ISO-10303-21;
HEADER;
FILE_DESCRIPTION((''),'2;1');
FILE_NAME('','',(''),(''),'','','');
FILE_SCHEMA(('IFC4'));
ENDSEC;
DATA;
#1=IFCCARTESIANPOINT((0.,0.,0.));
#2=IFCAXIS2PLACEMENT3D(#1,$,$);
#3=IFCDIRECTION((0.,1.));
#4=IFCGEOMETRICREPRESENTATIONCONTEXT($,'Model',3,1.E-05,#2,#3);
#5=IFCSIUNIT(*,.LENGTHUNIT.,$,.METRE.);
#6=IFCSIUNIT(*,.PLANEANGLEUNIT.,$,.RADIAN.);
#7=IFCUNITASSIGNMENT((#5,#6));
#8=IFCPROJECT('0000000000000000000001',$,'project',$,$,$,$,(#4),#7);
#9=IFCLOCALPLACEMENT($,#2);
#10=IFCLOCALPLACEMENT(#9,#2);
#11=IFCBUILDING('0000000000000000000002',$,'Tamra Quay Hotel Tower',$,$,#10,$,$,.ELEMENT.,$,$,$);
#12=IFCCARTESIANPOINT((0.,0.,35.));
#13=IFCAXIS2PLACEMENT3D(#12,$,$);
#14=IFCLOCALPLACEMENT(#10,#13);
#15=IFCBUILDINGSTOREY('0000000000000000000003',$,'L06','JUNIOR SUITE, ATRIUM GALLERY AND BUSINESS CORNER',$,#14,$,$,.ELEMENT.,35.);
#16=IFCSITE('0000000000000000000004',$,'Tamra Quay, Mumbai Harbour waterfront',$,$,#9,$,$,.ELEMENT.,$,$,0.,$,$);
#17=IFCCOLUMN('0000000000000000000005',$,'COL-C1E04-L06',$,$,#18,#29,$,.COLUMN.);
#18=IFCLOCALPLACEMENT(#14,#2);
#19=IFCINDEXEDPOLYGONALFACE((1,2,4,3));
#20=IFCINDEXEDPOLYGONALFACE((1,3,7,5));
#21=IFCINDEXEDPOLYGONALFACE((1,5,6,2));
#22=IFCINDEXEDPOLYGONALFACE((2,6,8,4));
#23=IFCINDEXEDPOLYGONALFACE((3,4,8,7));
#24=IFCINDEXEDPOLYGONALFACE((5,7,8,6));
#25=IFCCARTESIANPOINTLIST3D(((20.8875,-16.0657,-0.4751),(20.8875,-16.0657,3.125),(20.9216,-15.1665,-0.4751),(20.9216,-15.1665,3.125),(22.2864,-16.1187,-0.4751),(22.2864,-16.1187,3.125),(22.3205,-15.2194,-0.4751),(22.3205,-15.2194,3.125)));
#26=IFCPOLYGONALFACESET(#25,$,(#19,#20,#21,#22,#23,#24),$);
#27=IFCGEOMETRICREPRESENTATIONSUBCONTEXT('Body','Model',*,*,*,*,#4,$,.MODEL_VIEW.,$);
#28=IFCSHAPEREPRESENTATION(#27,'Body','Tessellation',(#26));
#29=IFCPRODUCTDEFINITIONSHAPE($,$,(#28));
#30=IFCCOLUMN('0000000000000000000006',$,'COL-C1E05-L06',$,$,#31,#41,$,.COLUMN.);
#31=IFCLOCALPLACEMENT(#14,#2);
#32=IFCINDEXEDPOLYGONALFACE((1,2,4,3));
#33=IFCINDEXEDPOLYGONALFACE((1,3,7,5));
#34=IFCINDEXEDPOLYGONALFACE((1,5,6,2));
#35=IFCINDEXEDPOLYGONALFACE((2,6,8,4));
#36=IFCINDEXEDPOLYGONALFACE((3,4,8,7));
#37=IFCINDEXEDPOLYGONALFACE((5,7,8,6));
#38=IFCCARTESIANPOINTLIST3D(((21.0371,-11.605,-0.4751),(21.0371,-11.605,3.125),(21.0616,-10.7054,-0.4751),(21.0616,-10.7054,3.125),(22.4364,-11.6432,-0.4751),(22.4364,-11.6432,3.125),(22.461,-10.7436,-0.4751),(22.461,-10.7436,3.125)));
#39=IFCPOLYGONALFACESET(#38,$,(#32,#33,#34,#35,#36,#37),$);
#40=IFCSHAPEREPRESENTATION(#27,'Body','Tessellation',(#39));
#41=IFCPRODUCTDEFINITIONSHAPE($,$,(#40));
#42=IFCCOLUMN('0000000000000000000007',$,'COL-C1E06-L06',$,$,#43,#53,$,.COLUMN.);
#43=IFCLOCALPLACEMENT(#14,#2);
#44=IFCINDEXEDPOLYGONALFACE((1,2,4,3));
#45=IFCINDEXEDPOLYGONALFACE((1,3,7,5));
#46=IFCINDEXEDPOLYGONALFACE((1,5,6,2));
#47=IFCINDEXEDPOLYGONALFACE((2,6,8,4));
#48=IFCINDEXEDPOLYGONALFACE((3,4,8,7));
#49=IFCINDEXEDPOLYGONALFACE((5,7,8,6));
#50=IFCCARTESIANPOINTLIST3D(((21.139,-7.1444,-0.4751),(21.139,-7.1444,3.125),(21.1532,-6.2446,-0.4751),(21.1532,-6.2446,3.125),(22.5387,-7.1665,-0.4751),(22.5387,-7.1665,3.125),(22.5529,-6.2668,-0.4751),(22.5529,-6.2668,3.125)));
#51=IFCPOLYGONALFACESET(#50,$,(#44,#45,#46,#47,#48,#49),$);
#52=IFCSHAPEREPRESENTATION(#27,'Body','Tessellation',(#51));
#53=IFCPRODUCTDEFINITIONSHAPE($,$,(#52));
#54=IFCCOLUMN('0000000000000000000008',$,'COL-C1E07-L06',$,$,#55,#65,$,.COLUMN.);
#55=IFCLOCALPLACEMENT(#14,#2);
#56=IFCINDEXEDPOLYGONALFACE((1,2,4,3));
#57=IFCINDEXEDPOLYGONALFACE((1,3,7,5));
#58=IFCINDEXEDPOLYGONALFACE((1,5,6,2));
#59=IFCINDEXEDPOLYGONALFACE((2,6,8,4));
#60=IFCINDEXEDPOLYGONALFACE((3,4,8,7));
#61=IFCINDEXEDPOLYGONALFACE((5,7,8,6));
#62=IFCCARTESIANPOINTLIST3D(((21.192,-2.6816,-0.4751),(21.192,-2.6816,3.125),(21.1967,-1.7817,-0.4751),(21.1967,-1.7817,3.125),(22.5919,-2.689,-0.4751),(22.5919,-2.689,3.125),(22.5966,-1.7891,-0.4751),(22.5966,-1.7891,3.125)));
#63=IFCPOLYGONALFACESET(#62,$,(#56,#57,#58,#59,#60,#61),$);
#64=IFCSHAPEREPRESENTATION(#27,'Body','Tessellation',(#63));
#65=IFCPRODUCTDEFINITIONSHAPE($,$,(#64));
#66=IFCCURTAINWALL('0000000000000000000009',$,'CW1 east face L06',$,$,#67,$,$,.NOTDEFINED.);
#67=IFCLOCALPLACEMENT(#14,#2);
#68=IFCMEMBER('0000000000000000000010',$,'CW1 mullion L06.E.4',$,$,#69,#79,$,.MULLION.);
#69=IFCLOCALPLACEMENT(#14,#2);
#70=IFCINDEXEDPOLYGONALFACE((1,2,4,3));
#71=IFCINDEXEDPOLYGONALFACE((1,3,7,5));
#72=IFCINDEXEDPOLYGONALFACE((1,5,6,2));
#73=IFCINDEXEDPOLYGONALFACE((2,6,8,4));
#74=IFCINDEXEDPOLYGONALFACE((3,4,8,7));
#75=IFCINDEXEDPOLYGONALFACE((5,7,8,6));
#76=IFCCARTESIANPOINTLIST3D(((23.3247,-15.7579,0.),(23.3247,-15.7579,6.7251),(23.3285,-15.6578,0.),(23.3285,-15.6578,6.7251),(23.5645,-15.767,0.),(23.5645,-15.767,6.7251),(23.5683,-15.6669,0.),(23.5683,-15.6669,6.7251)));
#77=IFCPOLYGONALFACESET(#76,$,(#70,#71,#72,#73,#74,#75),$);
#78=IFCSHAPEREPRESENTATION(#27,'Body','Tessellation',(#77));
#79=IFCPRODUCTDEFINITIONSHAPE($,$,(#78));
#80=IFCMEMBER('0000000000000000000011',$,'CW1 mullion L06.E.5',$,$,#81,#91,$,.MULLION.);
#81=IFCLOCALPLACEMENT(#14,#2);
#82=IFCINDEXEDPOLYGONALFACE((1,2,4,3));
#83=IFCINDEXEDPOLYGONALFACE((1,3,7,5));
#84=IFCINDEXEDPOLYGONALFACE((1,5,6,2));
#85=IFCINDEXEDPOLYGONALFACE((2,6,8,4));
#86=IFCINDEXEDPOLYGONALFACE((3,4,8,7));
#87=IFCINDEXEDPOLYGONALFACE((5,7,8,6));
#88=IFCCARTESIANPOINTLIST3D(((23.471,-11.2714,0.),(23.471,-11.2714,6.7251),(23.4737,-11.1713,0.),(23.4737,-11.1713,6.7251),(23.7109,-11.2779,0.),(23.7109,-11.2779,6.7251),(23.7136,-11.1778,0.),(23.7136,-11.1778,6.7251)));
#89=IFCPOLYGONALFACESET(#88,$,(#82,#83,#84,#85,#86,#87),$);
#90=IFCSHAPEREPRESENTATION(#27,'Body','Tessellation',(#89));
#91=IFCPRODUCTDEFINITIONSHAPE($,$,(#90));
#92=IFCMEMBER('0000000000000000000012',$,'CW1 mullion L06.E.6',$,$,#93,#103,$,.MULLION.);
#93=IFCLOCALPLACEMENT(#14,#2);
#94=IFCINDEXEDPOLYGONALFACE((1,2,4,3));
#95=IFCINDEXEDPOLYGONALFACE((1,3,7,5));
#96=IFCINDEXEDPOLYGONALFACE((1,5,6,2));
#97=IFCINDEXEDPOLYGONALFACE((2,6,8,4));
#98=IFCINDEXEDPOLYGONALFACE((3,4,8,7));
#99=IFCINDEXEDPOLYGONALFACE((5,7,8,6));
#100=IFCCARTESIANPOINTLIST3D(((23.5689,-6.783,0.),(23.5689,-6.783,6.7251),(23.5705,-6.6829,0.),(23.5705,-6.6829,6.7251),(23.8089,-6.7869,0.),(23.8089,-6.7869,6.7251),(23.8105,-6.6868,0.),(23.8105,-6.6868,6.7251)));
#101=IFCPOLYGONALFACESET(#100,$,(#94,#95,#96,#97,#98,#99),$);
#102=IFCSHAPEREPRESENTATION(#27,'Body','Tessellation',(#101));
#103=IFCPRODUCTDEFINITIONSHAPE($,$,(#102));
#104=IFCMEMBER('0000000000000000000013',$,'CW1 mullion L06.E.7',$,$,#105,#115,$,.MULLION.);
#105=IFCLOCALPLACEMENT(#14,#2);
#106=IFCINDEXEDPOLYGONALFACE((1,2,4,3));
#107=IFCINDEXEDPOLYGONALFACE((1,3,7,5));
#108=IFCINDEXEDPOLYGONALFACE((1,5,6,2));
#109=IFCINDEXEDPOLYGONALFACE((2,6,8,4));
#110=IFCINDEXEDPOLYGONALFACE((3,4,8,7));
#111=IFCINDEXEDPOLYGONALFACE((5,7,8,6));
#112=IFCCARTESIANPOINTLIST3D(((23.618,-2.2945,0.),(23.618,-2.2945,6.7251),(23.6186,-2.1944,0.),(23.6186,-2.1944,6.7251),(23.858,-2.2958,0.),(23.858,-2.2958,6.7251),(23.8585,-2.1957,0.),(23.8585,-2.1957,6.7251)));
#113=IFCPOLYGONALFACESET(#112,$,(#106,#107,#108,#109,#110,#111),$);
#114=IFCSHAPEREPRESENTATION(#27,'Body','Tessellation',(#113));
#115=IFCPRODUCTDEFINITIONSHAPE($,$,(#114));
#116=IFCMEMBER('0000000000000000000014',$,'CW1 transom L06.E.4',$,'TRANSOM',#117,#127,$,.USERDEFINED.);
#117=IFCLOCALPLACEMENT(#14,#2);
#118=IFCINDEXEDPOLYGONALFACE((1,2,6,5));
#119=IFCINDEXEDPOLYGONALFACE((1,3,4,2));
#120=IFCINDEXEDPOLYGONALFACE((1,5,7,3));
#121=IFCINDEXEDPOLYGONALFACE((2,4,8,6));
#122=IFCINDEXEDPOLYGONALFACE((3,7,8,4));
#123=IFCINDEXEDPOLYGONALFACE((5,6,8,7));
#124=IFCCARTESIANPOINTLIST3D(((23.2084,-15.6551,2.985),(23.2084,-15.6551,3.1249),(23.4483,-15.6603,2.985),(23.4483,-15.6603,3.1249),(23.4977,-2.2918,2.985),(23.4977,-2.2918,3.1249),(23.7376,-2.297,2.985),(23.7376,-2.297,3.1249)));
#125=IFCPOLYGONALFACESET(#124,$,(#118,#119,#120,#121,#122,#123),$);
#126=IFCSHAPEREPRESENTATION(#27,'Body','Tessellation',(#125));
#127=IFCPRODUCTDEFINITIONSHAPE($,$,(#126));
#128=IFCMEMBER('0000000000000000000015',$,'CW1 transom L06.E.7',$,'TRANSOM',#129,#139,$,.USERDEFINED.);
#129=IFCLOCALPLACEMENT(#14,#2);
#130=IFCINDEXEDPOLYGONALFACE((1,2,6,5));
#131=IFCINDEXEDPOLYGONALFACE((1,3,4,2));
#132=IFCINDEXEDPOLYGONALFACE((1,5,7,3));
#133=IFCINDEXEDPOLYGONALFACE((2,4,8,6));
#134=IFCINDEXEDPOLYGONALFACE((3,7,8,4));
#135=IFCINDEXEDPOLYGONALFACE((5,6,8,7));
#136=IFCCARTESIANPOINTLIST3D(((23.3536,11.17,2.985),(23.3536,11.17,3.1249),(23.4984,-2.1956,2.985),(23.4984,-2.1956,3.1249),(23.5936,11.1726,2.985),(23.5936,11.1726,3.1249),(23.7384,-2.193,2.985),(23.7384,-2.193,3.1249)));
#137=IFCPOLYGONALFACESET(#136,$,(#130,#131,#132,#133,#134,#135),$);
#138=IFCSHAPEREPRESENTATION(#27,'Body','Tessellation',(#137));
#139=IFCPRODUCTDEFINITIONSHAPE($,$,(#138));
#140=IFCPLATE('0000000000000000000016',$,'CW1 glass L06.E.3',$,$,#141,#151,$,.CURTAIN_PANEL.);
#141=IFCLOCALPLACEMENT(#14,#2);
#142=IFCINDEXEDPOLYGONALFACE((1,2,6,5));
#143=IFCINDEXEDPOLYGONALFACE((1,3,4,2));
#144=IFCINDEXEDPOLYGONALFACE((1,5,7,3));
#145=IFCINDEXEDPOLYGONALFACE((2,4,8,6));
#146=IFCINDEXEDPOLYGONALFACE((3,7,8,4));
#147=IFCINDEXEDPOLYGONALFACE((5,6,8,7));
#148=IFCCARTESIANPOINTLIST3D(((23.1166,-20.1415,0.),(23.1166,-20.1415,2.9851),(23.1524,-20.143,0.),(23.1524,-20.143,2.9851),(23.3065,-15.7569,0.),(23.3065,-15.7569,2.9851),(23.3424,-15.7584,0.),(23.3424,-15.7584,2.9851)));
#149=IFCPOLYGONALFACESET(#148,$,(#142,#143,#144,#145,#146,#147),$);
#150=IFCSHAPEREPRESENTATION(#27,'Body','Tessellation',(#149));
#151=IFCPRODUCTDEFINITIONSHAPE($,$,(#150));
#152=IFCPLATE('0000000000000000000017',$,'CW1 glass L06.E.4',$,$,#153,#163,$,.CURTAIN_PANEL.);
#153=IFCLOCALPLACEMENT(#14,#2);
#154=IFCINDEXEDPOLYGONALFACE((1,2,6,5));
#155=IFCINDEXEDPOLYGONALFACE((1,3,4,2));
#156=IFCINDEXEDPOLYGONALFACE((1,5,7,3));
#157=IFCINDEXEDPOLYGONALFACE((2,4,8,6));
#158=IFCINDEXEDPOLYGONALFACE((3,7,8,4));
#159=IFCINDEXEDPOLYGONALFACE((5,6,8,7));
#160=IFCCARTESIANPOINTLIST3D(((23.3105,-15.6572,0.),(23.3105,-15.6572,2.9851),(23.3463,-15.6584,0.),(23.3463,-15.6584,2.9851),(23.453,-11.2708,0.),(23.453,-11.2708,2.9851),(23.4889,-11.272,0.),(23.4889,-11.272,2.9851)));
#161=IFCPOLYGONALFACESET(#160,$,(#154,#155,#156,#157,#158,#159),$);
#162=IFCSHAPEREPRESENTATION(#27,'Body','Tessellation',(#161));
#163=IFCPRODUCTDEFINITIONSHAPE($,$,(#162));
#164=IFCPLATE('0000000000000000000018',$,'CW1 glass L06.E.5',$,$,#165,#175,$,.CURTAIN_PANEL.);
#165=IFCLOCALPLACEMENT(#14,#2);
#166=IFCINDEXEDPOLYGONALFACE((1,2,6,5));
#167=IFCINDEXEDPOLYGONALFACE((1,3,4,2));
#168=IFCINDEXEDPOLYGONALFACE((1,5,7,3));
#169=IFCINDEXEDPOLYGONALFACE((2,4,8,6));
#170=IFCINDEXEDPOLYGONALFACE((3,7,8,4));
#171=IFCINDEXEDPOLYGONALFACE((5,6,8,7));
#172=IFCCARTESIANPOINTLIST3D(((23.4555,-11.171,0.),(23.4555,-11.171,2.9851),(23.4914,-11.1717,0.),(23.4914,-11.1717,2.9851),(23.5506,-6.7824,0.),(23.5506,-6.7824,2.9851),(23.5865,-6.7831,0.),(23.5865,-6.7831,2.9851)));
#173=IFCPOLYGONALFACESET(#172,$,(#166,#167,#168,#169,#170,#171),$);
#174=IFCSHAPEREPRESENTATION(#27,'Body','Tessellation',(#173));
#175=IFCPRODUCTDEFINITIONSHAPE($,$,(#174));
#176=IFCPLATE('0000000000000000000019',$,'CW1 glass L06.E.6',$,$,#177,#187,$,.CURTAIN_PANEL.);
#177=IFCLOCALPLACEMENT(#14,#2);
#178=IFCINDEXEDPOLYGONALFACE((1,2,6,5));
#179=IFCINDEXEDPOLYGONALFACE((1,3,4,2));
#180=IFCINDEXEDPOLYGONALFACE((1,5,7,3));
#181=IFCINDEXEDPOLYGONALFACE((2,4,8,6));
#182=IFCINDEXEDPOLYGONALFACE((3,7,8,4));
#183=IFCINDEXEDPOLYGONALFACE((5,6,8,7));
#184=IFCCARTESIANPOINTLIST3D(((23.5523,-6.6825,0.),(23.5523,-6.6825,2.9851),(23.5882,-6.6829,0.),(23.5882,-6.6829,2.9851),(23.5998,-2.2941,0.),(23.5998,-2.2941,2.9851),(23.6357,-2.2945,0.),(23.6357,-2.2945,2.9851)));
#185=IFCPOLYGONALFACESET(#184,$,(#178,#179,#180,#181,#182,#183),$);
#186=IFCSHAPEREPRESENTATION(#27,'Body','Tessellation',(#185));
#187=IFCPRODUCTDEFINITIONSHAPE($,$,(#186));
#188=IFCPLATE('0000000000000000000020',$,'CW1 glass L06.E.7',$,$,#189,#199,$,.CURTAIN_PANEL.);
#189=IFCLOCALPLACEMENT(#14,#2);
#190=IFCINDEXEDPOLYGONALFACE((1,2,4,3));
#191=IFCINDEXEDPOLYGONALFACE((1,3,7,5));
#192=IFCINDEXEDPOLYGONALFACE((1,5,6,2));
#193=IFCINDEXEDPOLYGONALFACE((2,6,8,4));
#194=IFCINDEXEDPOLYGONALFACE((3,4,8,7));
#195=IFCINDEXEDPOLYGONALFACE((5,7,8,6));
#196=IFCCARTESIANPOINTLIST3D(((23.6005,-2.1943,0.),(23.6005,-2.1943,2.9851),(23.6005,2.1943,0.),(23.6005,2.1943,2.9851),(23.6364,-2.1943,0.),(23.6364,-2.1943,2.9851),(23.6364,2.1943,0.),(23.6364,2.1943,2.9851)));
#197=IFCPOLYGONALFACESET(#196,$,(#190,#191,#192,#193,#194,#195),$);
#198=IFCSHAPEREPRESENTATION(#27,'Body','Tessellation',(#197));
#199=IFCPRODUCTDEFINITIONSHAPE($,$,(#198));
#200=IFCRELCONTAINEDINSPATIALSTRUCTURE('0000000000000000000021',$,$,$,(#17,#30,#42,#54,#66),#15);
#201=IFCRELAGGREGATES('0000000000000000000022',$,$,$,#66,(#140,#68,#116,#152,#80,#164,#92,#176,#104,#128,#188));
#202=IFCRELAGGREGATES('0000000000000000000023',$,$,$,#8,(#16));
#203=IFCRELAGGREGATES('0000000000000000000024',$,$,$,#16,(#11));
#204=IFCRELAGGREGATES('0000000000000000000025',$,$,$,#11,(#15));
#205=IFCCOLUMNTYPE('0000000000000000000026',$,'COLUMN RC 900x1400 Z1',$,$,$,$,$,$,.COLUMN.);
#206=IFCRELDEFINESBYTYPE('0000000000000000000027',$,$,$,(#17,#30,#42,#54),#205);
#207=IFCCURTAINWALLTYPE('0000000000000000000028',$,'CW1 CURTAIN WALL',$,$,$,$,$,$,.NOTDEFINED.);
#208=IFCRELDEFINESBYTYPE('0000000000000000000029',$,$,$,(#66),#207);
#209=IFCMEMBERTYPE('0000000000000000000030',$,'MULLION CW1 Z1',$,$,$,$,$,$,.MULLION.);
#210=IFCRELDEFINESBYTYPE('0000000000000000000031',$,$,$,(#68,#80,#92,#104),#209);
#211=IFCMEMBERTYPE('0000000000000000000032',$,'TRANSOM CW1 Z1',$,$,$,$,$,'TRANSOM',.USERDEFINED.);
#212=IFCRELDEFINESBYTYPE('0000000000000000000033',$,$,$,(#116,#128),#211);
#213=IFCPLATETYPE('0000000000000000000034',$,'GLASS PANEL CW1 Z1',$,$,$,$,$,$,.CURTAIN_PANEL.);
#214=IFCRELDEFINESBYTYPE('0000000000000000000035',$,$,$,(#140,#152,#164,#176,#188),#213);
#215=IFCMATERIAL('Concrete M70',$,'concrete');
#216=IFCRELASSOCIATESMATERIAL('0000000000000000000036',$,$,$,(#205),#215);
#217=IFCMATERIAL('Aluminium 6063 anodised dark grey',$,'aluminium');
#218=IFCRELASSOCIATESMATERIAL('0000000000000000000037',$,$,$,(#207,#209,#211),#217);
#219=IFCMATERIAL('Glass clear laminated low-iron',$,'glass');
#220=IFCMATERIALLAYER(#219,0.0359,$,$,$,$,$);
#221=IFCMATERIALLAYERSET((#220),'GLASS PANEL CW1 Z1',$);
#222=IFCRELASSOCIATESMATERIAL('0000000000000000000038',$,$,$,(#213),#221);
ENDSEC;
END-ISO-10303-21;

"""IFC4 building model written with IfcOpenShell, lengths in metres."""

from ifc_helpers import new_model, si_unit, direction, frame, origin, origin_2d, place, context, subcontext, project, spatial, rectangle, extrude, material, layer, layer_set, material_profile, profile_set, type_object, element, aggregate, save


model = new_model("IFC4")

# Units and contexts
model_context = context("Model", 3, precision=1e-05, world=origin(), true_north=direction((0.0, 1.0)))
body_context = subcontext(model_context, "Body", "Model", "MODEL_VIEW")
ifc_project = project(units=[si_unit("LENGTHUNIT", "METRE"), si_unit("PLANEANGLEUNIT", "RADIAN")], contexts=[model_context])

# Site, building, storey
site_placement = place(None, origin())
site = spatial("IfcSite", under=ifc_project, at=site_placement, Name="Tamra Quay, Mumbai Harbour waterfront", CompositionType="ELEMENT", RefElevation=0.0)
building_placement = place(site_placement, origin())
building = spatial("IfcBuilding", under=site, at=building_placement, Name="Tamra Quay Hotel Tower", CompositionType="ELEMENT")
storey_placement = place(building_placement, frame((0.0, 0.0, 35.0)))
storey = spatial("IfcBuildingStorey", under=building, at=storey_placement, Name="L06", Description="JUNIOR SUITE, ATRIUM GALLERY AND BUSINESS CORNER", CompositionType="ELEMENT", Elevation=35.0)

# Columns
ifc_material_1 = material(Name="Concrete M70", Category="concrete")
ifc_material_profile_1 = material_profile(ifc_material_1, rectangle(XDim=1.3999, YDim=0.8999, at=origin_2d()), Name="COLUMN RC 900x1400 Z1")
ifc_profile_set_1 = profile_set([ifc_material_profile_1], Name="Concrete M70")
column_type = type_object("IfcColumnType", Name="COLUMN RC 900x1400 Z1", PredefinedType="COLUMN", material=ifc_profile_set_1)
for number, where, z_axis, x_axis, name in (
    (1, (21.604, -15.6426, -0.4751), (0.0, 0.0, 1.0), (-0.999285, 0.037812, 0.0), "COL-C1E04-L06"),
    (2, (21.749, -11.1743, -0.4751), (0.0, 0.0, 1.0), (-0.999628, 0.027269, 0.0), "COL-C1E05-L06"),
    (3, (21.8459, -6.7056, -0.4751), (0.0, 0.0, 1.0), (-0.999875, 0.015838, 0.0), "COL-C1E06-L06"),
    (4, (21.8943, -2.2354, -0.4751), (0.0, 0.0, 1.0), (-0.999986, 0.00528, 0.0), "COL-C1E07-L06"),
):
    element("IfcColumn", number, at=place(storey_placement, frame(where, z_axis=z_axis, x_axis=x_axis)), inside=storey, type_object=column_type, Name=name, PredefinedType="COLUMN", context=body_context, shape_type="SweptSolid", body=[
        extrude(rectangle(XDim=1.3999, YDim=0.8999, at=origin_2d()), origin(), (0.0, 0.0, 1.0), 3.6001),
    ])

# Curtain wall, members, plates
ifc_material_2 = material(Name="Aluminium 6063 anodised dark grey", Category="aluminium")
curtain_wall_type = type_object("IfcCurtainWallType", Name="CW1 CURTAIN WALL", PredefinedType="NOTDEFINED", material=ifc_material_2)
curtain_wall_placement = place(storey_placement, origin())
curtain_wall = element("IfcCurtainWall", 5, at=curtain_wall_placement, inside=storey, type_object=curtain_wall_type, Name="CW1 east face L06", PredefinedType="NOTDEFINED")
ifc_material_profile_2 = material_profile(ifc_material_2, rectangle(XDim=0.24, YDim=0.1001, at=origin_2d()), Name="MULLION 100X240")
ifc_profile_set_2 = profile_set([ifc_material_profile_2], Name="Aluminium 6063 anodised dark grey")
member_type_1 = type_object("IfcMemberType", Name="MULLION CW1 Z1", PredefinedType="MULLION", material=ifc_profile_set_2)
member_1_placement = place(storey_placement, frame((23.4465, -15.7124, 0.0), z_axis=(0.0, 0.0, 1.0), x_axis=(0.999282, -0.037881, 0.0)))
member_1 = element("IfcMember", 6, at=member_1_placement, type_object=member_type_1, Name="CW1 mullion L06.E.4", PredefinedType="MULLION", context=body_context, shape_type="SweptSolid", body=[
    extrude(rectangle(XDim=0.24, YDim=0.1001, at=origin_2d()), origin(), (0.0, 0.0, 1.0), 6.7251),
])
member_2_placement = place(storey_placement, frame((23.5923, -11.2246, 0.0), z_axis=(0.0, 0.0, 1.0), x_axis=(0.999634, -0.027067, 0.0)))
member_2 = element("IfcMember", 7, at=member_2_placement, type_object=member_type_1, Name="CW1 mullion L06.E.5", PredefinedType="MULLION", context=body_context, shape_type="SweptSolid", body=[
    extrude(rectangle(XDim=0.24, YDim=0.1001, at=origin_2d()), origin(), (0.0, 0.0, 1.0), 6.7251),
])
member_3_placement = place(storey_placement, frame((23.6897, -6.7349, 0.0), z_axis=(0.0, 0.0, 1.0), x_axis=(0.999868, -0.016247, 0.0)))
member_3 = element("IfcMember", 8, at=member_3_placement, type_object=member_type_1, Name="CW1 mullion L06.E.6", PredefinedType="MULLION", context=body_context, shape_type="SweptSolid", body=[
    extrude(rectangle(XDim=0.24, YDim=0.1001, at=origin_2d()), origin(), (0.0, 0.0, 1.0), 6.7251),
])
member_4_placement = place(storey_placement, frame((23.7383, -2.2451, 0.0), z_axis=(0.0, 0.0, 1.0), x_axis=(0.999985, -0.005418, 0.0)))
member_4 = element("IfcMember", 9, at=member_4_placement, type_object=member_type_1, Name="CW1 mullion L06.E.7", PredefinedType="MULLION", context=body_context, shape_type="SweptSolid", body=[
    extrude(rectangle(XDim=0.24, YDim=0.1001, at=origin_2d()), origin(), (0.0, 0.0, 1.0), 6.7251),
])
ifc_material_profile_3 = material_profile(ifc_material_2, rectangle(XDim=0.24, YDim=0.1399, at=origin_2d()), Name="TRANSOM 240X140")
ifc_profile_set_3 = profile_set([ifc_material_profile_3], Name="Aluminium 6063 anodised dark grey")
member_type_2 = type_object("IfcMemberType", Name="TRANSOM CW1 Z1", ElementType="TRANSOM", PredefinedType="USERDEFINED", material=ifc_profile_set_3)
member_5_placement = place(storey_placement, frame((23.3284, -15.6577, 3.0549), z_axis=(0.021644, 0.999766, 0.0), x_axis=(-0.999766, 0.021644, 0.0)))
member_5 = element("IfcMember", 10, at=member_5_placement, type_object=member_type_2, Name="CW1 transom L06.E.4", ObjectType="TRANSOM", PredefinedType="USERDEFINED", context=body_context, shape_type="SweptSolid", body=[
    extrude(rectangle(XDim=0.24, YDim=0.1399, at=origin_2d()), origin(), (0.0, 0.0, 1.0), 13.3665),
])
member_6_placement = place(storey_placement, frame((23.6184, -2.1943, 3.0549), z_axis=(-0.010831, 0.999941, 0.0), x_axis=(-0.999941, -0.010831, 0.0)))
member_6 = element("IfcMember", 11, at=member_6_placement, type_object=member_type_2, Name="CW1 transom L06.E.7", ObjectType="TRANSOM", PredefinedType="USERDEFINED", context=body_context, shape_type="SweptSolid", body=[
    extrude(rectangle(XDim=0.24, YDim=0.1399, at=origin_2d()), origin(), (0.0, 0.0, 1.0), 13.3665),
])
ifc_material_3 = material(Name="Glass clear laminated low-iron", Category="glass")
ifc_layer_1 = layer(ifc_material_3, 0.0359)
ifc_layer_set_1 = layer_set([ifc_layer_1], Name="GLASS PANEL CW1 Z1")
plate_type = type_object("IfcPlateType", Name="GLASS PANEL CW1 Z1", PredefinedType="CURTAIN_PANEL", material=ifc_layer_set_1)
plate_1_placement = place(storey_placement, frame((23.2295, -17.95, 0.0), z_axis=(0.0, 0.0, 1.0), x_axis=(0.043286, 0.999063, 0.0)))
plate_1 = element("IfcPlate", 12, at=plate_1_placement, type_object=plate_type, Name="CW1 glass L06.E.3", PredefinedType="CURTAIN_PANEL", context=body_context, shape_type="SweptSolid", body=[
    extrude(rectangle(XDim=4.3887, YDim=0.0359, at=origin_2d()), origin(), (0.0, 0.0, 1.0), 2.9851),
])
plate_2_placement = place(storey_placement, frame((23.3997, -13.4646, 0.0), z_axis=(0.0, 0.0, 1.0), x_axis=(0.032475, 0.999473, 0.0)))
plate_2 = element("IfcPlate", 13, at=plate_2_placement, type_object=plate_type, Name="CW1 glass L06.E.4", PredefinedType="CURTAIN_PANEL", context=body_context, shape_type="SweptSolid", body=[
    extrude(rectangle(XDim=4.3887, YDim=0.0359, at=origin_2d()), origin(), (0.0, 0.0, 1.0), 2.9851),
])
plate_3_placement = place(storey_placement, frame((23.521, -8.9771, 0.0), z_axis=(0.0, 0.0, 1.0), x_axis=(0.021658, 0.999765, 0.0)))
plate_3 = element("IfcPlate", 14, at=plate_3_placement, type_object=plate_type, Name="CW1 glass L06.E.5", PredefinedType="CURTAIN_PANEL", context=body_context, shape_type="SweptSolid", body=[
    extrude(rectangle(XDim=4.3896, YDim=0.0359, at=origin_2d()), origin(), (0.0, 0.0, 1.0), 2.9851),
])
plate_4_placement = place(storey_placement, frame((23.594, -4.4885, 0.0), z_axis=(0.0, 0.0, 1.0), x_axis=(0.010836, 0.999941, 0.0)))
plate_4 = element("IfcPlate", 15, at=plate_4_placement, type_object=plate_type, Name="CW1 glass L06.E.6", PredefinedType="CURTAIN_PANEL", context=body_context, shape_type="SweptSolid", body=[
    extrude(rectangle(XDim=4.3887, YDim=0.0359, at=origin_2d()), origin(), (0.0, 0.0, 1.0), 2.9851),
])
plate_5_placement = place(storey_placement, frame((23.6184, 0.0, 0.0), z_axis=(0.0, 0.0, 1.0), x_axis=(0.0, 1.0, 0.0)))
plate_5 = element("IfcPlate", 16, at=plate_5_placement, type_object=plate_type, Name="CW1 glass L06.E.7", PredefinedType="CURTAIN_PANEL", context=body_context, shape_type="SweptSolid", body=[
    extrude(rectangle(XDim=4.3887, YDim=0.0359, at=origin_2d()), origin(), (0.0, 0.0, 1.0), 2.9851),
])
aggregate(curtain_wall, [plate_1, member_1, member_5, plate_2, member_2, plate_3, member_3, plate_4, member_4, member_6, plate_5])

save(model, "model.ifc")
